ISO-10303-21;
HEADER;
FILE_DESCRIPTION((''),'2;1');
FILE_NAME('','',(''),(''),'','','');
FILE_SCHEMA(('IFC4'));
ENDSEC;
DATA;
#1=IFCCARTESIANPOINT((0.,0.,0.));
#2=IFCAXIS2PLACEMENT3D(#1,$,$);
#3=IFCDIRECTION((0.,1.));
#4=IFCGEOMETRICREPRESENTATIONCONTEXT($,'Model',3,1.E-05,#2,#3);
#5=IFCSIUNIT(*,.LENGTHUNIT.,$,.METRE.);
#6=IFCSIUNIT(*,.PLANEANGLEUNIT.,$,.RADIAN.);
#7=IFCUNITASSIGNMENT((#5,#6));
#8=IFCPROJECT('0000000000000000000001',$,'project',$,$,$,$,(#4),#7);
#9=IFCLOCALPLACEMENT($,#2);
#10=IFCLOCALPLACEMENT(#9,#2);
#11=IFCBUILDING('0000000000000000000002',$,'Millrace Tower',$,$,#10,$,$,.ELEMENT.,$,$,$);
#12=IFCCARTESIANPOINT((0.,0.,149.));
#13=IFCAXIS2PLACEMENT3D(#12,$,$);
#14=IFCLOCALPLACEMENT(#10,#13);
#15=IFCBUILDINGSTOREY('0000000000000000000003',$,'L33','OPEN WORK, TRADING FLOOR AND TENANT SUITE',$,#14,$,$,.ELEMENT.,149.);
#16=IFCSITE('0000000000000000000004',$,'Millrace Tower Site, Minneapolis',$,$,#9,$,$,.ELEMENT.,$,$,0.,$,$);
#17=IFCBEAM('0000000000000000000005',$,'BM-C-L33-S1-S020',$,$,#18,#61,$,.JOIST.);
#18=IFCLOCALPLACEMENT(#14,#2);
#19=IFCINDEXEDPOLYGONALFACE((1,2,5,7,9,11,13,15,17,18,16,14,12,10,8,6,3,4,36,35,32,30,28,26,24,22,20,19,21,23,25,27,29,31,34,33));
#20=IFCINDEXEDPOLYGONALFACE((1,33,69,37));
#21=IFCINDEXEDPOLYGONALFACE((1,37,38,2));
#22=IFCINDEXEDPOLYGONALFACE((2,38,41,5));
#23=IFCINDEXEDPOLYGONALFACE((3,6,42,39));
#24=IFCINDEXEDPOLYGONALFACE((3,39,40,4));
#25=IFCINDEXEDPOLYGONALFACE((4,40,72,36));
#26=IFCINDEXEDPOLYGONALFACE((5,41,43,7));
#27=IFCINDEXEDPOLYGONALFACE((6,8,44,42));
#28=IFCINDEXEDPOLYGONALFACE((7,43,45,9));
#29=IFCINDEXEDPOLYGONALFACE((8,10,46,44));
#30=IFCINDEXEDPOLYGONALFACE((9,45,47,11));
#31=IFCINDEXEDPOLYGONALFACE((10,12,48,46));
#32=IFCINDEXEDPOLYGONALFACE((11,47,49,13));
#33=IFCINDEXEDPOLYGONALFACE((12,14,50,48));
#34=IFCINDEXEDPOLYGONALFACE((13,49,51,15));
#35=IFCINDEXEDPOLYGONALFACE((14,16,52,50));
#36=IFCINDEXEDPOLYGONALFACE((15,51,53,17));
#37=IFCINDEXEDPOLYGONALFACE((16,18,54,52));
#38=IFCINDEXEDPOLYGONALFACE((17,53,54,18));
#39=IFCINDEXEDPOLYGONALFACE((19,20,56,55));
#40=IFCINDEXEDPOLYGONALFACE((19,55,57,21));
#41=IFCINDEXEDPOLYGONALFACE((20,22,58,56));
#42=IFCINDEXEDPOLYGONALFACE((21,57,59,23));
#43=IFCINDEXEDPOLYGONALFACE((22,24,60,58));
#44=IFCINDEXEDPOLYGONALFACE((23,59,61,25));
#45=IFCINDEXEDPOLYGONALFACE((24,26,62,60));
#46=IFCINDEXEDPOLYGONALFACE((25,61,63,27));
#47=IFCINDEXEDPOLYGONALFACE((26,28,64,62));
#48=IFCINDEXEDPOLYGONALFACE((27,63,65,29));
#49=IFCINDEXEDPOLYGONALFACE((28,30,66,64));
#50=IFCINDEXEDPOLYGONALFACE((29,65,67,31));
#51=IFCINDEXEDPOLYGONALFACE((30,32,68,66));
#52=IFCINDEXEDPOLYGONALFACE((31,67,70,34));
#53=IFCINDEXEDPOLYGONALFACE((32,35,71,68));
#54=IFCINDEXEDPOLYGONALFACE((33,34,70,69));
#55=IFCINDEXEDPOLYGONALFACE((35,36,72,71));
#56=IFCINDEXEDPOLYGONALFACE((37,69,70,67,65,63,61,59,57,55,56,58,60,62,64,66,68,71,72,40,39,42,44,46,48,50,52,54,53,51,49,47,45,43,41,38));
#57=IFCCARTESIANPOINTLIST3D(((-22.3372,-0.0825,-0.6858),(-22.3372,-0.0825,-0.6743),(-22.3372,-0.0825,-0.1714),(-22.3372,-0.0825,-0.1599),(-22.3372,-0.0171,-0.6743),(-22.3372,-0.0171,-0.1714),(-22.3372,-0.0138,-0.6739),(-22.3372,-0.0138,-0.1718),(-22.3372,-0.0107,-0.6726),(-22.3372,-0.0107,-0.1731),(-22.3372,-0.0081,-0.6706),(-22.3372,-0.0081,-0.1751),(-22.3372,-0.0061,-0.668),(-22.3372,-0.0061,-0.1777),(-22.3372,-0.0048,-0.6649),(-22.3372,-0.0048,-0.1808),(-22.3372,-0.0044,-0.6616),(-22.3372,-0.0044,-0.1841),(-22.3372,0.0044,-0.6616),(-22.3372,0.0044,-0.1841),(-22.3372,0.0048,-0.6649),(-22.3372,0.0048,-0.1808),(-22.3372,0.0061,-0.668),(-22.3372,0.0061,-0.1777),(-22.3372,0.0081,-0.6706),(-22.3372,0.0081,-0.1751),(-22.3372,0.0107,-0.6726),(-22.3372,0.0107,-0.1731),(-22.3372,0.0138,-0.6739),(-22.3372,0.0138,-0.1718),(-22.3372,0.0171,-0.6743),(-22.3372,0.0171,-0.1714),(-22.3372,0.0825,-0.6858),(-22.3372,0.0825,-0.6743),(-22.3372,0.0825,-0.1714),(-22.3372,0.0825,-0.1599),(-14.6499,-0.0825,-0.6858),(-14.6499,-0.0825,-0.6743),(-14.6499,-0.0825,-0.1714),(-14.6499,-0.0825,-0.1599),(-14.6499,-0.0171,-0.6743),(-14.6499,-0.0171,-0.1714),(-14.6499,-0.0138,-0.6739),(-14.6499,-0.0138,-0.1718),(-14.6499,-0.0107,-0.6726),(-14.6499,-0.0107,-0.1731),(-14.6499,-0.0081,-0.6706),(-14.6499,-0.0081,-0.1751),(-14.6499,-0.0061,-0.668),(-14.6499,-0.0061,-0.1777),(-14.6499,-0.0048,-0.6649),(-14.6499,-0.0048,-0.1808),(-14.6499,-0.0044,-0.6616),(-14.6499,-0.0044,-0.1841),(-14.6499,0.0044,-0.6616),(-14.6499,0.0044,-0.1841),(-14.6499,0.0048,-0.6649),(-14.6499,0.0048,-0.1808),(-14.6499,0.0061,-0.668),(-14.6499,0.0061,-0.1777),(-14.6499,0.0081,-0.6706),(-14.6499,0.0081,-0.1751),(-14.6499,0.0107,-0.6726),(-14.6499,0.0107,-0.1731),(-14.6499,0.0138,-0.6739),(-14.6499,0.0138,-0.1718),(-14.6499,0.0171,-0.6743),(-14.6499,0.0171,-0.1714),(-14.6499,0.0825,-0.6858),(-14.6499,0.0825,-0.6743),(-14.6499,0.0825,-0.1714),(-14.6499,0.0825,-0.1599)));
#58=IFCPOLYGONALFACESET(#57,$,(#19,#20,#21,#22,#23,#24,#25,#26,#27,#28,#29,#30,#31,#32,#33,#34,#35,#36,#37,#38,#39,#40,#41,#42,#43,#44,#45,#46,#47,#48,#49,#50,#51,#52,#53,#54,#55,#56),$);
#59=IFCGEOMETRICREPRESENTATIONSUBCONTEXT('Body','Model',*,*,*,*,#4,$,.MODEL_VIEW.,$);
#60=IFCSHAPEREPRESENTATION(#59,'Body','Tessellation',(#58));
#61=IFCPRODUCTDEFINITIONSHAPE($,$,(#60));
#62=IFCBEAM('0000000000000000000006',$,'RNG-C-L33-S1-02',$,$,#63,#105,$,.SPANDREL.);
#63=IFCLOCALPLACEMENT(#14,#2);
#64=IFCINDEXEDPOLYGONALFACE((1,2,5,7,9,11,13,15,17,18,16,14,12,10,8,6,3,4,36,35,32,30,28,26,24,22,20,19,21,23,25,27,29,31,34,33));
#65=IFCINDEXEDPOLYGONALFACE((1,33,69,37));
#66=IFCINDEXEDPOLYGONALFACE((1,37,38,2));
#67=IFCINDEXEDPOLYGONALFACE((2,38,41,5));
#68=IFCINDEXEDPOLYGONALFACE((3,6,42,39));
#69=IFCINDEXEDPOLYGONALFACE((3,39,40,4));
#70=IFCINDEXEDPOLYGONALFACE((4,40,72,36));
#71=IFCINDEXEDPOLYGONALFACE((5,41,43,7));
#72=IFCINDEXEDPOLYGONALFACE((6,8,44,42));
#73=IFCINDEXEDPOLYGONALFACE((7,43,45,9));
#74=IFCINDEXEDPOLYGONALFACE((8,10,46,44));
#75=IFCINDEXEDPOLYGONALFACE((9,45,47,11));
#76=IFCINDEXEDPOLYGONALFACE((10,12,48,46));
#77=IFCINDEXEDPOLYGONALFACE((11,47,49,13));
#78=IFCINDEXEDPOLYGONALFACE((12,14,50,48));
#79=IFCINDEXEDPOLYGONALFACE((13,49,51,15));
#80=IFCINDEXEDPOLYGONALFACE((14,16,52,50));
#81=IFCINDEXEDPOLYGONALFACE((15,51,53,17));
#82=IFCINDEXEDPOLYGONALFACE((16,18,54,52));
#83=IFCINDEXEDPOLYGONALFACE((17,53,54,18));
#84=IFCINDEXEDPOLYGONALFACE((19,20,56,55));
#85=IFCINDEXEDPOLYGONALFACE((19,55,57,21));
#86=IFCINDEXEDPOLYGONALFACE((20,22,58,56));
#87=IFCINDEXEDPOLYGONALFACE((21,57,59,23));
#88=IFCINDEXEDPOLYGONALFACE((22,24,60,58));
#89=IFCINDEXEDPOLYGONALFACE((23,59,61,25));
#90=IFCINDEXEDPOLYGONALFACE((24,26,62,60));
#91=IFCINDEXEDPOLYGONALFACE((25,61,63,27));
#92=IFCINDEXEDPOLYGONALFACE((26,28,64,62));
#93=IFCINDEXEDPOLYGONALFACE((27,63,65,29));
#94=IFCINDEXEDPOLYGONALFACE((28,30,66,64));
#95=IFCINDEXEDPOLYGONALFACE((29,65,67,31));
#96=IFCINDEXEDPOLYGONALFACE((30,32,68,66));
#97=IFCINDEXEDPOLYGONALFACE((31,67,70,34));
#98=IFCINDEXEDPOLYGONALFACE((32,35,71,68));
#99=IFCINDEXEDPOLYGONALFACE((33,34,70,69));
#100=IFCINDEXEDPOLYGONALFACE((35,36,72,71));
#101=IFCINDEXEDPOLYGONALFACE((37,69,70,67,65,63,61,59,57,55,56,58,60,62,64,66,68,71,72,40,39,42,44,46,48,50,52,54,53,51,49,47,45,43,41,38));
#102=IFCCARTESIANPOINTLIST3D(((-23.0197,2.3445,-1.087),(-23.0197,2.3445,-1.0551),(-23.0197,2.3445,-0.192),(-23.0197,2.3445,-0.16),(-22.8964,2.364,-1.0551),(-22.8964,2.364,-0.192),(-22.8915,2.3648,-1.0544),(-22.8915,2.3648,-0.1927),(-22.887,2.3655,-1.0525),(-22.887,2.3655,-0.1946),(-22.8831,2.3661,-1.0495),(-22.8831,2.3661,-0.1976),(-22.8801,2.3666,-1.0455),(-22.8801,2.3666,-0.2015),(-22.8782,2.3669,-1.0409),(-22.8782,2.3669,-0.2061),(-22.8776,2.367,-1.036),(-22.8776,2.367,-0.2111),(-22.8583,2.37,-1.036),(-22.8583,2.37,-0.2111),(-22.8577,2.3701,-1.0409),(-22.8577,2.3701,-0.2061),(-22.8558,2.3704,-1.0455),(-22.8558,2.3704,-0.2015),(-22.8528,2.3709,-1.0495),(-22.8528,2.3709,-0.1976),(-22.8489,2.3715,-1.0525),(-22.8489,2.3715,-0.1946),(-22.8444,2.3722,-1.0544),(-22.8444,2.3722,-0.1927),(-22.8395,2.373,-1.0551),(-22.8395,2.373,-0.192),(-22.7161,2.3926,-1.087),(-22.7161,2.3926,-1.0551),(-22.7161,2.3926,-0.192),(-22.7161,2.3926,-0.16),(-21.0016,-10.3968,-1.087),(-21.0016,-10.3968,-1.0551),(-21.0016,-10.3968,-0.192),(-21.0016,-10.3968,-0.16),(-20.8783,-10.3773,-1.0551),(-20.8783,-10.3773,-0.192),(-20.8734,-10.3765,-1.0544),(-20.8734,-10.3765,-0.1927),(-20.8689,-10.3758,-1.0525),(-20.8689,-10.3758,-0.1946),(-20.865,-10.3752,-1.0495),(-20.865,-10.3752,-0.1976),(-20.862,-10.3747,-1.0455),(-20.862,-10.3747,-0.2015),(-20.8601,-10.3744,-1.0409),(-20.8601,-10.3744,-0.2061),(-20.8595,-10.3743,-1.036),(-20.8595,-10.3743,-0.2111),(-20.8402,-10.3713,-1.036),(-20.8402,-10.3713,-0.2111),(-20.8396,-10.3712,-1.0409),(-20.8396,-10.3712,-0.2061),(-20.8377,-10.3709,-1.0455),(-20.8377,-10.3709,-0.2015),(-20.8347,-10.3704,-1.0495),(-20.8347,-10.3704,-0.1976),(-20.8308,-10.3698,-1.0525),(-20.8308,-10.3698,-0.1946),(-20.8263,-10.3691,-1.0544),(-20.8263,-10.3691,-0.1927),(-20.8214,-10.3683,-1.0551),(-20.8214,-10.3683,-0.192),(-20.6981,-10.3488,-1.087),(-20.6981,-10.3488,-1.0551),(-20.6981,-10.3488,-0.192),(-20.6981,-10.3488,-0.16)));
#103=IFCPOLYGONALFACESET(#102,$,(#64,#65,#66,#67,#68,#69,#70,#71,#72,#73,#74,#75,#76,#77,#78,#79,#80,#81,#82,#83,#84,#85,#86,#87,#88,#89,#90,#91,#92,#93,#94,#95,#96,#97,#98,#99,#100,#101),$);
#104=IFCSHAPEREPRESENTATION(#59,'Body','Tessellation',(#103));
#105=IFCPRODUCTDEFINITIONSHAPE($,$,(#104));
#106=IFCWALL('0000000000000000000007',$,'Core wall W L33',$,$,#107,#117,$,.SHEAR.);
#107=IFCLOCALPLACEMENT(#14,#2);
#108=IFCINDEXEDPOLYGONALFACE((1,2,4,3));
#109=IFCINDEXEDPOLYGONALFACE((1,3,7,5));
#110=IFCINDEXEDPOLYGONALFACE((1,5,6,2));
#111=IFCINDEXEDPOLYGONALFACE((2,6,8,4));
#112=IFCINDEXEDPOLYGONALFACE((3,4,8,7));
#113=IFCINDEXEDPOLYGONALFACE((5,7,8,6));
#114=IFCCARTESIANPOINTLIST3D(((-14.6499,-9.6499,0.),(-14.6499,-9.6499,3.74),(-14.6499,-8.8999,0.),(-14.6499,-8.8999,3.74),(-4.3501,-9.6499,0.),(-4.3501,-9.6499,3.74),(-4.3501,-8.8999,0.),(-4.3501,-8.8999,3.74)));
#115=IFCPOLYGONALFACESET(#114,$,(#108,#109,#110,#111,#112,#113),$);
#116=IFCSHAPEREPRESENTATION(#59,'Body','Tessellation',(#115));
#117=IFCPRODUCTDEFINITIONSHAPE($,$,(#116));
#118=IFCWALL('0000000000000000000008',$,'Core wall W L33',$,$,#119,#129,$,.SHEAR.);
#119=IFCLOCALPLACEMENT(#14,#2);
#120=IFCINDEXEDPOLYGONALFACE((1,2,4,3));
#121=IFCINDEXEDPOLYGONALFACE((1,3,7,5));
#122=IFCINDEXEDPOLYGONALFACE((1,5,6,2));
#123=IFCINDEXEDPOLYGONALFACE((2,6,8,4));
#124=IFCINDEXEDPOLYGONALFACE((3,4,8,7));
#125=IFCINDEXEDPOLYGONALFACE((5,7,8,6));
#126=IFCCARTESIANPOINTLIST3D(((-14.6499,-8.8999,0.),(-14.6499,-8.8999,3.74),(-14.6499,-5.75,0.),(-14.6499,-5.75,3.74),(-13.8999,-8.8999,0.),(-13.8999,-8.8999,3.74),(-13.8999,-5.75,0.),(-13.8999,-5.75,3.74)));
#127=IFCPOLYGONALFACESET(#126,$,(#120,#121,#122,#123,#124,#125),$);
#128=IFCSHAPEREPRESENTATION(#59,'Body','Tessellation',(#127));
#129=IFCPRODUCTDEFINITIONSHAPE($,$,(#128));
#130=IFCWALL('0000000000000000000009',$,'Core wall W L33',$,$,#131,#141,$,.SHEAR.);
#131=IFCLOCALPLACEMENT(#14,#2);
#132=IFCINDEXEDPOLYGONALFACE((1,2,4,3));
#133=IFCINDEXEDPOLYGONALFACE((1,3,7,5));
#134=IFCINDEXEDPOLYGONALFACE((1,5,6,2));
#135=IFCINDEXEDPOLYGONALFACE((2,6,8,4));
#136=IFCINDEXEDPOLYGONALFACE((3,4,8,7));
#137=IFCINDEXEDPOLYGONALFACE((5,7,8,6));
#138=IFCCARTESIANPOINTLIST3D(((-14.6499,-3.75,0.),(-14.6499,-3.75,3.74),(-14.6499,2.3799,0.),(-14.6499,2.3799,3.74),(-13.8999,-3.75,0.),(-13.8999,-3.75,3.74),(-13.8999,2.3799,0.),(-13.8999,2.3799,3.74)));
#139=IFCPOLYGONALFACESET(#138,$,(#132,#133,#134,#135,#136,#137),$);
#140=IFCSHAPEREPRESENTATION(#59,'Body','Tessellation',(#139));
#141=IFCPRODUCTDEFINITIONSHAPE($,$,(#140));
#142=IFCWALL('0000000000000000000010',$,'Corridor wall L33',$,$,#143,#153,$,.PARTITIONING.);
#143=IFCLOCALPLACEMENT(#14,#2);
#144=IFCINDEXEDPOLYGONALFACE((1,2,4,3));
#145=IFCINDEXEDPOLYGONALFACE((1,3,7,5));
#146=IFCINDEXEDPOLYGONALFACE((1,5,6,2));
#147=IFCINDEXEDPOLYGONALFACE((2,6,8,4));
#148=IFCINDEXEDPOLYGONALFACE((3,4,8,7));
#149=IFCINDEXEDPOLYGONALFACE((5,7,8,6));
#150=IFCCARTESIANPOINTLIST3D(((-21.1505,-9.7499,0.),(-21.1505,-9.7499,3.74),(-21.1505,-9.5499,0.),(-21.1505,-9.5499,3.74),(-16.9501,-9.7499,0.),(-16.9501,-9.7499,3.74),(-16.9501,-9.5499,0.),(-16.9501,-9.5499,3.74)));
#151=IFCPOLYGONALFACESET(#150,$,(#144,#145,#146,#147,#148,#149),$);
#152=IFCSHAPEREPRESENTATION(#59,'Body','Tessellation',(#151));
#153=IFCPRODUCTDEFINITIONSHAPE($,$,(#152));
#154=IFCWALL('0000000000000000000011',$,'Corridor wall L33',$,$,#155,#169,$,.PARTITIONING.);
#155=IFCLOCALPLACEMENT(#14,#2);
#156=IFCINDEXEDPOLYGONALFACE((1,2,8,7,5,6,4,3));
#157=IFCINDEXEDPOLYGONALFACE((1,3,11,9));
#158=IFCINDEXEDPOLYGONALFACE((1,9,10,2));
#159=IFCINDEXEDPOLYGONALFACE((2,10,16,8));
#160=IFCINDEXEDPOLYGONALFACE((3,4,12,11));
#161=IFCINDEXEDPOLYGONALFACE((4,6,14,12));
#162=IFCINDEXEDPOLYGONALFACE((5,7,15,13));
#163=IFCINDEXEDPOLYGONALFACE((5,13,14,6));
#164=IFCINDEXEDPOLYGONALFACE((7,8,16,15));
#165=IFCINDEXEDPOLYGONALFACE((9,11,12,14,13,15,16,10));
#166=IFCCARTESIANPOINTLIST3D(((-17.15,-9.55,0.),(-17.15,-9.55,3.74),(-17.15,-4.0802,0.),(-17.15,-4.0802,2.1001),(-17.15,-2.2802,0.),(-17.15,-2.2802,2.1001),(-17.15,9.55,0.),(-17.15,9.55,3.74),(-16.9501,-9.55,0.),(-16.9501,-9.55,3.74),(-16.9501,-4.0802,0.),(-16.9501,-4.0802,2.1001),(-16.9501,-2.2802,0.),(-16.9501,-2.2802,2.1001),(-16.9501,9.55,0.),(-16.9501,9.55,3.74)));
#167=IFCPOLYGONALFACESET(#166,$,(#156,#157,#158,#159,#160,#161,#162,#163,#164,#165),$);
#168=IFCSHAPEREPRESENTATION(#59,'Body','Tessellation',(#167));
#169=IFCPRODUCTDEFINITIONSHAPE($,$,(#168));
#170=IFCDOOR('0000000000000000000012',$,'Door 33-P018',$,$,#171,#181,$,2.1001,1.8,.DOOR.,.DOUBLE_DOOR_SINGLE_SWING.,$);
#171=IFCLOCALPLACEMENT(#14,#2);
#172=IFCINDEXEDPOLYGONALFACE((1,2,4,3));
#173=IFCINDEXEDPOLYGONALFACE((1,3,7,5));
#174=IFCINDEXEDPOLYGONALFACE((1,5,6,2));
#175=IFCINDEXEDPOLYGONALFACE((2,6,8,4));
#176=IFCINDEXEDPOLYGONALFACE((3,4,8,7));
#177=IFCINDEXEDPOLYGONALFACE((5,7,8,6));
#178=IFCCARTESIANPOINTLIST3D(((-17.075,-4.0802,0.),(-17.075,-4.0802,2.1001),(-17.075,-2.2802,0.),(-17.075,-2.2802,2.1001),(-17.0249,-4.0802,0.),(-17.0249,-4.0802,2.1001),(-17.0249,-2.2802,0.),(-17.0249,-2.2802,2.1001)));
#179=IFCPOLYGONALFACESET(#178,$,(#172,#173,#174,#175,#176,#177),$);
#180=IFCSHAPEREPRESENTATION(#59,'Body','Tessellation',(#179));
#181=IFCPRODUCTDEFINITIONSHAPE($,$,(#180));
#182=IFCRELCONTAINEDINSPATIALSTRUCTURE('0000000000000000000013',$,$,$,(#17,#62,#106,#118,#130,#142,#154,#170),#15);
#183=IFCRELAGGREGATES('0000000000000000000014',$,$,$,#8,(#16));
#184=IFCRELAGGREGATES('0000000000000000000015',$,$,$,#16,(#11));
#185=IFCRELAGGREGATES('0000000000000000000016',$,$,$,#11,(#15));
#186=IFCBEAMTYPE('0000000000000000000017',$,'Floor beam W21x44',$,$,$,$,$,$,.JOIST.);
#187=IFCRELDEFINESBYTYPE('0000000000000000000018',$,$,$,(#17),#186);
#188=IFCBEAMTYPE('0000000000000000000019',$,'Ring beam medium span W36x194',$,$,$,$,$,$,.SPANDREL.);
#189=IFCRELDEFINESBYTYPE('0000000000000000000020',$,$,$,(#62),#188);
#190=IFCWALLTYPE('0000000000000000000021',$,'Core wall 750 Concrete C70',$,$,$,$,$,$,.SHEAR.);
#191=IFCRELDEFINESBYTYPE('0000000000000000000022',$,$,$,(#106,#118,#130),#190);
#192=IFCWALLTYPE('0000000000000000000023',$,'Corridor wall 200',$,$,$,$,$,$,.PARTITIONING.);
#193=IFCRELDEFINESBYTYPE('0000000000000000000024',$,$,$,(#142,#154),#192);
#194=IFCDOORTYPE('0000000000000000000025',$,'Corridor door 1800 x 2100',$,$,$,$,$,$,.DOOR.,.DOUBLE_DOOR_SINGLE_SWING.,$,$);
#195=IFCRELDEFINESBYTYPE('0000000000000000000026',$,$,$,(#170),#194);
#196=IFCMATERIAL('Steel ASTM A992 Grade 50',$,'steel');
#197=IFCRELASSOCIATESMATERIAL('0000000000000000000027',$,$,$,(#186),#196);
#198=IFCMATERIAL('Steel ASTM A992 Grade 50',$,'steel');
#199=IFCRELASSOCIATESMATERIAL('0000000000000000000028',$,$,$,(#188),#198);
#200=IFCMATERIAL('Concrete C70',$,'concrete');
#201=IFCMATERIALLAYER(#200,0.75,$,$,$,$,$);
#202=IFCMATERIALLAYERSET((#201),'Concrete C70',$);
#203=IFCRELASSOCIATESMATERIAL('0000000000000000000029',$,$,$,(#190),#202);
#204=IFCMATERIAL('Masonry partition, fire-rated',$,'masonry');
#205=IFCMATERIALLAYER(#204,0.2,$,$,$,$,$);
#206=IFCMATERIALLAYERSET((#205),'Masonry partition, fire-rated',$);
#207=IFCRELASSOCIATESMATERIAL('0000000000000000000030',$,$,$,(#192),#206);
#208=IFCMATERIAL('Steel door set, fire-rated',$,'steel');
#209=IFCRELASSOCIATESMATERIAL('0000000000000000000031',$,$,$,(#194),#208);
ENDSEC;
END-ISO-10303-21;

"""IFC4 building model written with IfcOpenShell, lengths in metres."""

from ifc_helpers import new_model, si_unit, direction, frame, frame_2d, origin, origin_2d, place, context, subcontext, project, spatial, rectangle, i_section, extrude, material, layer, layer_set, material_profile, profile_set, type_object, element, fill, save


model = new_model("IFC4")

# Units and contexts
model_context = context("Model", 3, precision=1e-05, world=origin(), true_north=direction((0.0, 1.0)))
body_context = subcontext(model_context, "Body", "Model", "MODEL_VIEW")
ifc_project = project(units=[si_unit("LENGTHUNIT", "METRE"), si_unit("PLANEANGLEUNIT", "RADIAN")], contexts=[model_context])

# Site, building, storey
site_placement = place(None, origin())
site = spatial("IfcSite", under=ifc_project, at=site_placement, Name="Millrace Tower Site, Minneapolis", CompositionType="ELEMENT", RefElevation=0.0)
building_placement = place(site_placement, origin())
building = spatial("IfcBuilding", under=site, at=building_placement, Name="Millrace Tower", CompositionType="ELEMENT")
storey_placement = place(building_placement, frame((0.0, 0.0, 149.0)))
storey = spatial("IfcBuildingStorey", under=building, at=storey_placement, Name="L33", Description="OPEN WORK, TRADING FLOOR AND TENANT SUITE", CompositionType="ELEMENT", Elevation=149.0)

# Beams
ifc_material_1 = material(Name="Steel ASTM A992 Grade 50", Category="steel")
ifc_material_profile_1 = material_profile(ifc_material_1, i_section(OverallWidth=0.165, OverallDepth=0.5259, WebThickness=0.0088, FlangeThickness=0.0115, FilletRadius=0.0127, at=origin_2d()))
ifc_profile_set_1 = profile_set([ifc_material_profile_1], Name="Steel ASTM A992 Grade 50")
beam_type_1 = type_object("IfcBeamType", Name="Floor beam W21x44", PredefinedType="JOIST", material=ifc_profile_set_1)
beam_1_placement = place(storey_placement, frame((-22.3372, 0.0, -0.4229), z_axis=(1.0, 0.0, 0.0), x_axis=(0.0, 1.0, 0.0)))
element("IfcBeam", 1, at=beam_1_placement, inside=storey, type_object=beam_type_1, Name="BM-C-L33-S1-S020", PredefinedType="JOIST", context=body_context, shape_type="SweptSolid", body=[
    extrude(i_section(OverallWidth=0.165, OverallDepth=0.5259, WebThickness=0.0088, FlangeThickness=0.0115, FilletRadius=0.0127, at=origin_2d()), origin(), (0.0, 0.0, 1.0), 7.6873),
])
ifc_material_2 = material(Name="Steel ASTM A992 Grade 50", Category="steel")
ifc_material_profile_2 = material_profile(ifc_material_2, i_section(OverallWidth=0.3074, OverallDepth=0.927, WebThickness=0.0195, FlangeThickness=0.032, FilletRadius=0.019, at=origin_2d()))
ifc_profile_set_2 = profile_set([ifc_material_profile_2], Name="Steel ASTM A992 Grade 50")
beam_type_2 = type_object("IfcBeamType", Name="Ring beam medium span W36x194", PredefinedType="SPANDREL", material=ifc_profile_set_2)
beam_2_placement = place(storey_placement, frame((-20.8499, -10.3728, -0.6235), z_axis=(-0.156439, 0.987688, 0.0), x_axis=(-0.987688, -0.156439, 0.0)))
element("IfcBeam", 2, at=beam_2_placement, inside=storey, type_object=beam_type_2, Name="RNG-C-L33-S1-02", PredefinedType="SPANDREL", context=body_context, shape_type="SweptSolid", body=[
    extrude(i_section(OverallWidth=0.3074, OverallDepth=0.927, WebThickness=0.0195, FlangeThickness=0.032, FilletRadius=0.019, at=origin_2d()), origin(), (0.0, 0.0, 1.0), 12.9001),
])

# Walls
ifc_material_3 = material(Name="Concrete C70", Category="concrete")
ifc_layer_1 = layer(ifc_material_3, 0.75)
ifc_layer_set_1 = layer_set([ifc_layer_1], Name="Concrete C70")
wall_type_1 = type_object("IfcWallType", Name="Core wall 750 Concrete C70", PredefinedType="SHEAR", material=ifc_layer_set_1)
wall_1_placement = place(storey_placement, frame((-14.6499, -9.2749, 0.0), z_axis=(0.0, 0.0, 1.0), x_axis=(1.0, 0.0, 0.0)))
element("IfcWall", 3, at=wall_1_placement, inside=storey, type_object=wall_type_1, Name="Core wall W L33", PredefinedType="SHEAR", context=body_context, shape_type="SweptSolid", body=[
    extrude(rectangle(XDim=10.2998, YDim=0.75, at=frame_2d((5.1499, 0.0))), origin(), (0.0, 0.0, 1.0), 3.74),
])
wall_2_placement = place(storey_placement, frame((-14.2749, -8.8999, 0.0), z_axis=(0.0, 0.0, 1.0), x_axis=(0.0, 1.0, 0.0)))
element("IfcWall", 4, at=wall_2_placement, inside=storey, type_object=wall_type_1, Name="Core wall W L33", PredefinedType="SHEAR", context=body_context, shape_type="SweptSolid", body=[
    extrude(rectangle(XDim=3.1499, YDim=0.75, at=frame_2d((1.575, 0.0))), origin(), (0.0, 0.0, 1.0), 3.74),
])
wall_3_placement = place(storey_placement, frame((-14.2749, -3.75, 0.0), z_axis=(0.0, 0.0, 1.0), x_axis=(0.0, 1.0, 0.0)))
element("IfcWall", 5, at=wall_3_placement, inside=storey, type_object=wall_type_1, Name="Core wall W L33", PredefinedType="SHEAR", context=body_context, shape_type="SweptSolid", body=[
    extrude(rectangle(XDim=6.1299, YDim=0.75, at=frame_2d((3.0649, 0.0))), origin(), (0.0, 0.0, 1.0), 3.74),
])
ifc_material_4 = material(Name="Masonry partition, fire-rated", Category="masonry")
ifc_layer_2 = layer(ifc_material_4, 0.2)
ifc_layer_set_2 = layer_set([ifc_layer_2], Name="Masonry partition, fire-rated")
wall_type_2 = type_object("IfcWallType", Name="Corridor wall 200", PredefinedType="PARTITIONING", material=ifc_layer_set_2)
wall_4_placement = place(storey_placement, frame((-21.1504, -9.6499, 0.0), z_axis=(0.0, 0.0, 1.0), x_axis=(1.0, 0.0, 0.0)))
element("IfcWall", 6, at=wall_4_placement, inside=storey, type_object=wall_type_2, Name="Corridor wall L33", PredefinedType="PARTITIONING", context=body_context, shape_type="SweptSolid", body=[
    extrude(rectangle(XDim=4.2004, YDim=0.2, at=frame_2d((2.1001, 0.0))), origin(), (0.0, 0.0, 1.0), 3.74),
])

# Wall, opening, door
wall_5_placement = place(storey_placement, frame((-17.05, -9.55, 0.0), z_axis=(0.0, 0.0, 1.0), x_axis=(0.0, 1.0, 0.0)))
wall_5 = element("IfcWall", 7, at=wall_5_placement, inside=storey, type_object=wall_type_2, Name="Corridor wall L33", PredefinedType="PARTITIONING", context=body_context, shape_type="SweptSolid", body=[
    extrude(rectangle(XDim=19.1001, YDim=0.2, at=frame_2d((9.55, 0.0))), origin(), (0.0, 0.0, 1.0), 3.74),
])
opening_1_placement = place(wall_5_placement, frame((5.47, 0.0, 0.0)))
opening_1 = element("IfcOpeningElement", 8, at=opening_1_placement, cuts=wall_5, PredefinedType="OPENING", context=body_context, shape_type="SweptSolid", body=[
    extrude(rectangle(XDim=1.8, YDim=2.1001, at=frame_2d((0.8999, 1.05))), frame((0.0, 0.1099, 0.0), z_axis=(0.0, -1.0, 0.0), x_axis=(1.0, 0.0, 0.0)), (0.0, 0.0, 1.0), 0.22),
])
ifc_material_5 = material(Name="Steel door set, fire-rated", Category="steel")
door_type_1 = type_object("IfcDoorType", Name="Corridor door 1800 x 2100", OperationType="DOUBLE_DOOR_SINGLE_SWING", PredefinedType="DOOR", material=ifc_material_5)
door_1_placement = place(opening_1_placement, origin())
door_1 = element("IfcDoor", 9, at=door_1_placement, inside=storey, type_object=door_type_1, Name="Door 33-P018", OperationType="DOUBLE_DOOR_SINGLE_SWING", OverallHeight=2.1001, OverallWidth=1.8, PredefinedType="DOOR", context=body_context, shape_type="SweptSolid", body=[
    extrude(rectangle(XDim=1.8, YDim=2.1001, at=frame_2d((0.8999, 1.05))), frame((0.0, 0.0249, 0.0), z_axis=(0.0, -1.0, 0.0), x_axis=(1.0, 0.0, 0.0)), (0.0, 0.0, 1.0), 0.05),
])
fill(opening_1, door_1)

save(model, "model.ifc")
